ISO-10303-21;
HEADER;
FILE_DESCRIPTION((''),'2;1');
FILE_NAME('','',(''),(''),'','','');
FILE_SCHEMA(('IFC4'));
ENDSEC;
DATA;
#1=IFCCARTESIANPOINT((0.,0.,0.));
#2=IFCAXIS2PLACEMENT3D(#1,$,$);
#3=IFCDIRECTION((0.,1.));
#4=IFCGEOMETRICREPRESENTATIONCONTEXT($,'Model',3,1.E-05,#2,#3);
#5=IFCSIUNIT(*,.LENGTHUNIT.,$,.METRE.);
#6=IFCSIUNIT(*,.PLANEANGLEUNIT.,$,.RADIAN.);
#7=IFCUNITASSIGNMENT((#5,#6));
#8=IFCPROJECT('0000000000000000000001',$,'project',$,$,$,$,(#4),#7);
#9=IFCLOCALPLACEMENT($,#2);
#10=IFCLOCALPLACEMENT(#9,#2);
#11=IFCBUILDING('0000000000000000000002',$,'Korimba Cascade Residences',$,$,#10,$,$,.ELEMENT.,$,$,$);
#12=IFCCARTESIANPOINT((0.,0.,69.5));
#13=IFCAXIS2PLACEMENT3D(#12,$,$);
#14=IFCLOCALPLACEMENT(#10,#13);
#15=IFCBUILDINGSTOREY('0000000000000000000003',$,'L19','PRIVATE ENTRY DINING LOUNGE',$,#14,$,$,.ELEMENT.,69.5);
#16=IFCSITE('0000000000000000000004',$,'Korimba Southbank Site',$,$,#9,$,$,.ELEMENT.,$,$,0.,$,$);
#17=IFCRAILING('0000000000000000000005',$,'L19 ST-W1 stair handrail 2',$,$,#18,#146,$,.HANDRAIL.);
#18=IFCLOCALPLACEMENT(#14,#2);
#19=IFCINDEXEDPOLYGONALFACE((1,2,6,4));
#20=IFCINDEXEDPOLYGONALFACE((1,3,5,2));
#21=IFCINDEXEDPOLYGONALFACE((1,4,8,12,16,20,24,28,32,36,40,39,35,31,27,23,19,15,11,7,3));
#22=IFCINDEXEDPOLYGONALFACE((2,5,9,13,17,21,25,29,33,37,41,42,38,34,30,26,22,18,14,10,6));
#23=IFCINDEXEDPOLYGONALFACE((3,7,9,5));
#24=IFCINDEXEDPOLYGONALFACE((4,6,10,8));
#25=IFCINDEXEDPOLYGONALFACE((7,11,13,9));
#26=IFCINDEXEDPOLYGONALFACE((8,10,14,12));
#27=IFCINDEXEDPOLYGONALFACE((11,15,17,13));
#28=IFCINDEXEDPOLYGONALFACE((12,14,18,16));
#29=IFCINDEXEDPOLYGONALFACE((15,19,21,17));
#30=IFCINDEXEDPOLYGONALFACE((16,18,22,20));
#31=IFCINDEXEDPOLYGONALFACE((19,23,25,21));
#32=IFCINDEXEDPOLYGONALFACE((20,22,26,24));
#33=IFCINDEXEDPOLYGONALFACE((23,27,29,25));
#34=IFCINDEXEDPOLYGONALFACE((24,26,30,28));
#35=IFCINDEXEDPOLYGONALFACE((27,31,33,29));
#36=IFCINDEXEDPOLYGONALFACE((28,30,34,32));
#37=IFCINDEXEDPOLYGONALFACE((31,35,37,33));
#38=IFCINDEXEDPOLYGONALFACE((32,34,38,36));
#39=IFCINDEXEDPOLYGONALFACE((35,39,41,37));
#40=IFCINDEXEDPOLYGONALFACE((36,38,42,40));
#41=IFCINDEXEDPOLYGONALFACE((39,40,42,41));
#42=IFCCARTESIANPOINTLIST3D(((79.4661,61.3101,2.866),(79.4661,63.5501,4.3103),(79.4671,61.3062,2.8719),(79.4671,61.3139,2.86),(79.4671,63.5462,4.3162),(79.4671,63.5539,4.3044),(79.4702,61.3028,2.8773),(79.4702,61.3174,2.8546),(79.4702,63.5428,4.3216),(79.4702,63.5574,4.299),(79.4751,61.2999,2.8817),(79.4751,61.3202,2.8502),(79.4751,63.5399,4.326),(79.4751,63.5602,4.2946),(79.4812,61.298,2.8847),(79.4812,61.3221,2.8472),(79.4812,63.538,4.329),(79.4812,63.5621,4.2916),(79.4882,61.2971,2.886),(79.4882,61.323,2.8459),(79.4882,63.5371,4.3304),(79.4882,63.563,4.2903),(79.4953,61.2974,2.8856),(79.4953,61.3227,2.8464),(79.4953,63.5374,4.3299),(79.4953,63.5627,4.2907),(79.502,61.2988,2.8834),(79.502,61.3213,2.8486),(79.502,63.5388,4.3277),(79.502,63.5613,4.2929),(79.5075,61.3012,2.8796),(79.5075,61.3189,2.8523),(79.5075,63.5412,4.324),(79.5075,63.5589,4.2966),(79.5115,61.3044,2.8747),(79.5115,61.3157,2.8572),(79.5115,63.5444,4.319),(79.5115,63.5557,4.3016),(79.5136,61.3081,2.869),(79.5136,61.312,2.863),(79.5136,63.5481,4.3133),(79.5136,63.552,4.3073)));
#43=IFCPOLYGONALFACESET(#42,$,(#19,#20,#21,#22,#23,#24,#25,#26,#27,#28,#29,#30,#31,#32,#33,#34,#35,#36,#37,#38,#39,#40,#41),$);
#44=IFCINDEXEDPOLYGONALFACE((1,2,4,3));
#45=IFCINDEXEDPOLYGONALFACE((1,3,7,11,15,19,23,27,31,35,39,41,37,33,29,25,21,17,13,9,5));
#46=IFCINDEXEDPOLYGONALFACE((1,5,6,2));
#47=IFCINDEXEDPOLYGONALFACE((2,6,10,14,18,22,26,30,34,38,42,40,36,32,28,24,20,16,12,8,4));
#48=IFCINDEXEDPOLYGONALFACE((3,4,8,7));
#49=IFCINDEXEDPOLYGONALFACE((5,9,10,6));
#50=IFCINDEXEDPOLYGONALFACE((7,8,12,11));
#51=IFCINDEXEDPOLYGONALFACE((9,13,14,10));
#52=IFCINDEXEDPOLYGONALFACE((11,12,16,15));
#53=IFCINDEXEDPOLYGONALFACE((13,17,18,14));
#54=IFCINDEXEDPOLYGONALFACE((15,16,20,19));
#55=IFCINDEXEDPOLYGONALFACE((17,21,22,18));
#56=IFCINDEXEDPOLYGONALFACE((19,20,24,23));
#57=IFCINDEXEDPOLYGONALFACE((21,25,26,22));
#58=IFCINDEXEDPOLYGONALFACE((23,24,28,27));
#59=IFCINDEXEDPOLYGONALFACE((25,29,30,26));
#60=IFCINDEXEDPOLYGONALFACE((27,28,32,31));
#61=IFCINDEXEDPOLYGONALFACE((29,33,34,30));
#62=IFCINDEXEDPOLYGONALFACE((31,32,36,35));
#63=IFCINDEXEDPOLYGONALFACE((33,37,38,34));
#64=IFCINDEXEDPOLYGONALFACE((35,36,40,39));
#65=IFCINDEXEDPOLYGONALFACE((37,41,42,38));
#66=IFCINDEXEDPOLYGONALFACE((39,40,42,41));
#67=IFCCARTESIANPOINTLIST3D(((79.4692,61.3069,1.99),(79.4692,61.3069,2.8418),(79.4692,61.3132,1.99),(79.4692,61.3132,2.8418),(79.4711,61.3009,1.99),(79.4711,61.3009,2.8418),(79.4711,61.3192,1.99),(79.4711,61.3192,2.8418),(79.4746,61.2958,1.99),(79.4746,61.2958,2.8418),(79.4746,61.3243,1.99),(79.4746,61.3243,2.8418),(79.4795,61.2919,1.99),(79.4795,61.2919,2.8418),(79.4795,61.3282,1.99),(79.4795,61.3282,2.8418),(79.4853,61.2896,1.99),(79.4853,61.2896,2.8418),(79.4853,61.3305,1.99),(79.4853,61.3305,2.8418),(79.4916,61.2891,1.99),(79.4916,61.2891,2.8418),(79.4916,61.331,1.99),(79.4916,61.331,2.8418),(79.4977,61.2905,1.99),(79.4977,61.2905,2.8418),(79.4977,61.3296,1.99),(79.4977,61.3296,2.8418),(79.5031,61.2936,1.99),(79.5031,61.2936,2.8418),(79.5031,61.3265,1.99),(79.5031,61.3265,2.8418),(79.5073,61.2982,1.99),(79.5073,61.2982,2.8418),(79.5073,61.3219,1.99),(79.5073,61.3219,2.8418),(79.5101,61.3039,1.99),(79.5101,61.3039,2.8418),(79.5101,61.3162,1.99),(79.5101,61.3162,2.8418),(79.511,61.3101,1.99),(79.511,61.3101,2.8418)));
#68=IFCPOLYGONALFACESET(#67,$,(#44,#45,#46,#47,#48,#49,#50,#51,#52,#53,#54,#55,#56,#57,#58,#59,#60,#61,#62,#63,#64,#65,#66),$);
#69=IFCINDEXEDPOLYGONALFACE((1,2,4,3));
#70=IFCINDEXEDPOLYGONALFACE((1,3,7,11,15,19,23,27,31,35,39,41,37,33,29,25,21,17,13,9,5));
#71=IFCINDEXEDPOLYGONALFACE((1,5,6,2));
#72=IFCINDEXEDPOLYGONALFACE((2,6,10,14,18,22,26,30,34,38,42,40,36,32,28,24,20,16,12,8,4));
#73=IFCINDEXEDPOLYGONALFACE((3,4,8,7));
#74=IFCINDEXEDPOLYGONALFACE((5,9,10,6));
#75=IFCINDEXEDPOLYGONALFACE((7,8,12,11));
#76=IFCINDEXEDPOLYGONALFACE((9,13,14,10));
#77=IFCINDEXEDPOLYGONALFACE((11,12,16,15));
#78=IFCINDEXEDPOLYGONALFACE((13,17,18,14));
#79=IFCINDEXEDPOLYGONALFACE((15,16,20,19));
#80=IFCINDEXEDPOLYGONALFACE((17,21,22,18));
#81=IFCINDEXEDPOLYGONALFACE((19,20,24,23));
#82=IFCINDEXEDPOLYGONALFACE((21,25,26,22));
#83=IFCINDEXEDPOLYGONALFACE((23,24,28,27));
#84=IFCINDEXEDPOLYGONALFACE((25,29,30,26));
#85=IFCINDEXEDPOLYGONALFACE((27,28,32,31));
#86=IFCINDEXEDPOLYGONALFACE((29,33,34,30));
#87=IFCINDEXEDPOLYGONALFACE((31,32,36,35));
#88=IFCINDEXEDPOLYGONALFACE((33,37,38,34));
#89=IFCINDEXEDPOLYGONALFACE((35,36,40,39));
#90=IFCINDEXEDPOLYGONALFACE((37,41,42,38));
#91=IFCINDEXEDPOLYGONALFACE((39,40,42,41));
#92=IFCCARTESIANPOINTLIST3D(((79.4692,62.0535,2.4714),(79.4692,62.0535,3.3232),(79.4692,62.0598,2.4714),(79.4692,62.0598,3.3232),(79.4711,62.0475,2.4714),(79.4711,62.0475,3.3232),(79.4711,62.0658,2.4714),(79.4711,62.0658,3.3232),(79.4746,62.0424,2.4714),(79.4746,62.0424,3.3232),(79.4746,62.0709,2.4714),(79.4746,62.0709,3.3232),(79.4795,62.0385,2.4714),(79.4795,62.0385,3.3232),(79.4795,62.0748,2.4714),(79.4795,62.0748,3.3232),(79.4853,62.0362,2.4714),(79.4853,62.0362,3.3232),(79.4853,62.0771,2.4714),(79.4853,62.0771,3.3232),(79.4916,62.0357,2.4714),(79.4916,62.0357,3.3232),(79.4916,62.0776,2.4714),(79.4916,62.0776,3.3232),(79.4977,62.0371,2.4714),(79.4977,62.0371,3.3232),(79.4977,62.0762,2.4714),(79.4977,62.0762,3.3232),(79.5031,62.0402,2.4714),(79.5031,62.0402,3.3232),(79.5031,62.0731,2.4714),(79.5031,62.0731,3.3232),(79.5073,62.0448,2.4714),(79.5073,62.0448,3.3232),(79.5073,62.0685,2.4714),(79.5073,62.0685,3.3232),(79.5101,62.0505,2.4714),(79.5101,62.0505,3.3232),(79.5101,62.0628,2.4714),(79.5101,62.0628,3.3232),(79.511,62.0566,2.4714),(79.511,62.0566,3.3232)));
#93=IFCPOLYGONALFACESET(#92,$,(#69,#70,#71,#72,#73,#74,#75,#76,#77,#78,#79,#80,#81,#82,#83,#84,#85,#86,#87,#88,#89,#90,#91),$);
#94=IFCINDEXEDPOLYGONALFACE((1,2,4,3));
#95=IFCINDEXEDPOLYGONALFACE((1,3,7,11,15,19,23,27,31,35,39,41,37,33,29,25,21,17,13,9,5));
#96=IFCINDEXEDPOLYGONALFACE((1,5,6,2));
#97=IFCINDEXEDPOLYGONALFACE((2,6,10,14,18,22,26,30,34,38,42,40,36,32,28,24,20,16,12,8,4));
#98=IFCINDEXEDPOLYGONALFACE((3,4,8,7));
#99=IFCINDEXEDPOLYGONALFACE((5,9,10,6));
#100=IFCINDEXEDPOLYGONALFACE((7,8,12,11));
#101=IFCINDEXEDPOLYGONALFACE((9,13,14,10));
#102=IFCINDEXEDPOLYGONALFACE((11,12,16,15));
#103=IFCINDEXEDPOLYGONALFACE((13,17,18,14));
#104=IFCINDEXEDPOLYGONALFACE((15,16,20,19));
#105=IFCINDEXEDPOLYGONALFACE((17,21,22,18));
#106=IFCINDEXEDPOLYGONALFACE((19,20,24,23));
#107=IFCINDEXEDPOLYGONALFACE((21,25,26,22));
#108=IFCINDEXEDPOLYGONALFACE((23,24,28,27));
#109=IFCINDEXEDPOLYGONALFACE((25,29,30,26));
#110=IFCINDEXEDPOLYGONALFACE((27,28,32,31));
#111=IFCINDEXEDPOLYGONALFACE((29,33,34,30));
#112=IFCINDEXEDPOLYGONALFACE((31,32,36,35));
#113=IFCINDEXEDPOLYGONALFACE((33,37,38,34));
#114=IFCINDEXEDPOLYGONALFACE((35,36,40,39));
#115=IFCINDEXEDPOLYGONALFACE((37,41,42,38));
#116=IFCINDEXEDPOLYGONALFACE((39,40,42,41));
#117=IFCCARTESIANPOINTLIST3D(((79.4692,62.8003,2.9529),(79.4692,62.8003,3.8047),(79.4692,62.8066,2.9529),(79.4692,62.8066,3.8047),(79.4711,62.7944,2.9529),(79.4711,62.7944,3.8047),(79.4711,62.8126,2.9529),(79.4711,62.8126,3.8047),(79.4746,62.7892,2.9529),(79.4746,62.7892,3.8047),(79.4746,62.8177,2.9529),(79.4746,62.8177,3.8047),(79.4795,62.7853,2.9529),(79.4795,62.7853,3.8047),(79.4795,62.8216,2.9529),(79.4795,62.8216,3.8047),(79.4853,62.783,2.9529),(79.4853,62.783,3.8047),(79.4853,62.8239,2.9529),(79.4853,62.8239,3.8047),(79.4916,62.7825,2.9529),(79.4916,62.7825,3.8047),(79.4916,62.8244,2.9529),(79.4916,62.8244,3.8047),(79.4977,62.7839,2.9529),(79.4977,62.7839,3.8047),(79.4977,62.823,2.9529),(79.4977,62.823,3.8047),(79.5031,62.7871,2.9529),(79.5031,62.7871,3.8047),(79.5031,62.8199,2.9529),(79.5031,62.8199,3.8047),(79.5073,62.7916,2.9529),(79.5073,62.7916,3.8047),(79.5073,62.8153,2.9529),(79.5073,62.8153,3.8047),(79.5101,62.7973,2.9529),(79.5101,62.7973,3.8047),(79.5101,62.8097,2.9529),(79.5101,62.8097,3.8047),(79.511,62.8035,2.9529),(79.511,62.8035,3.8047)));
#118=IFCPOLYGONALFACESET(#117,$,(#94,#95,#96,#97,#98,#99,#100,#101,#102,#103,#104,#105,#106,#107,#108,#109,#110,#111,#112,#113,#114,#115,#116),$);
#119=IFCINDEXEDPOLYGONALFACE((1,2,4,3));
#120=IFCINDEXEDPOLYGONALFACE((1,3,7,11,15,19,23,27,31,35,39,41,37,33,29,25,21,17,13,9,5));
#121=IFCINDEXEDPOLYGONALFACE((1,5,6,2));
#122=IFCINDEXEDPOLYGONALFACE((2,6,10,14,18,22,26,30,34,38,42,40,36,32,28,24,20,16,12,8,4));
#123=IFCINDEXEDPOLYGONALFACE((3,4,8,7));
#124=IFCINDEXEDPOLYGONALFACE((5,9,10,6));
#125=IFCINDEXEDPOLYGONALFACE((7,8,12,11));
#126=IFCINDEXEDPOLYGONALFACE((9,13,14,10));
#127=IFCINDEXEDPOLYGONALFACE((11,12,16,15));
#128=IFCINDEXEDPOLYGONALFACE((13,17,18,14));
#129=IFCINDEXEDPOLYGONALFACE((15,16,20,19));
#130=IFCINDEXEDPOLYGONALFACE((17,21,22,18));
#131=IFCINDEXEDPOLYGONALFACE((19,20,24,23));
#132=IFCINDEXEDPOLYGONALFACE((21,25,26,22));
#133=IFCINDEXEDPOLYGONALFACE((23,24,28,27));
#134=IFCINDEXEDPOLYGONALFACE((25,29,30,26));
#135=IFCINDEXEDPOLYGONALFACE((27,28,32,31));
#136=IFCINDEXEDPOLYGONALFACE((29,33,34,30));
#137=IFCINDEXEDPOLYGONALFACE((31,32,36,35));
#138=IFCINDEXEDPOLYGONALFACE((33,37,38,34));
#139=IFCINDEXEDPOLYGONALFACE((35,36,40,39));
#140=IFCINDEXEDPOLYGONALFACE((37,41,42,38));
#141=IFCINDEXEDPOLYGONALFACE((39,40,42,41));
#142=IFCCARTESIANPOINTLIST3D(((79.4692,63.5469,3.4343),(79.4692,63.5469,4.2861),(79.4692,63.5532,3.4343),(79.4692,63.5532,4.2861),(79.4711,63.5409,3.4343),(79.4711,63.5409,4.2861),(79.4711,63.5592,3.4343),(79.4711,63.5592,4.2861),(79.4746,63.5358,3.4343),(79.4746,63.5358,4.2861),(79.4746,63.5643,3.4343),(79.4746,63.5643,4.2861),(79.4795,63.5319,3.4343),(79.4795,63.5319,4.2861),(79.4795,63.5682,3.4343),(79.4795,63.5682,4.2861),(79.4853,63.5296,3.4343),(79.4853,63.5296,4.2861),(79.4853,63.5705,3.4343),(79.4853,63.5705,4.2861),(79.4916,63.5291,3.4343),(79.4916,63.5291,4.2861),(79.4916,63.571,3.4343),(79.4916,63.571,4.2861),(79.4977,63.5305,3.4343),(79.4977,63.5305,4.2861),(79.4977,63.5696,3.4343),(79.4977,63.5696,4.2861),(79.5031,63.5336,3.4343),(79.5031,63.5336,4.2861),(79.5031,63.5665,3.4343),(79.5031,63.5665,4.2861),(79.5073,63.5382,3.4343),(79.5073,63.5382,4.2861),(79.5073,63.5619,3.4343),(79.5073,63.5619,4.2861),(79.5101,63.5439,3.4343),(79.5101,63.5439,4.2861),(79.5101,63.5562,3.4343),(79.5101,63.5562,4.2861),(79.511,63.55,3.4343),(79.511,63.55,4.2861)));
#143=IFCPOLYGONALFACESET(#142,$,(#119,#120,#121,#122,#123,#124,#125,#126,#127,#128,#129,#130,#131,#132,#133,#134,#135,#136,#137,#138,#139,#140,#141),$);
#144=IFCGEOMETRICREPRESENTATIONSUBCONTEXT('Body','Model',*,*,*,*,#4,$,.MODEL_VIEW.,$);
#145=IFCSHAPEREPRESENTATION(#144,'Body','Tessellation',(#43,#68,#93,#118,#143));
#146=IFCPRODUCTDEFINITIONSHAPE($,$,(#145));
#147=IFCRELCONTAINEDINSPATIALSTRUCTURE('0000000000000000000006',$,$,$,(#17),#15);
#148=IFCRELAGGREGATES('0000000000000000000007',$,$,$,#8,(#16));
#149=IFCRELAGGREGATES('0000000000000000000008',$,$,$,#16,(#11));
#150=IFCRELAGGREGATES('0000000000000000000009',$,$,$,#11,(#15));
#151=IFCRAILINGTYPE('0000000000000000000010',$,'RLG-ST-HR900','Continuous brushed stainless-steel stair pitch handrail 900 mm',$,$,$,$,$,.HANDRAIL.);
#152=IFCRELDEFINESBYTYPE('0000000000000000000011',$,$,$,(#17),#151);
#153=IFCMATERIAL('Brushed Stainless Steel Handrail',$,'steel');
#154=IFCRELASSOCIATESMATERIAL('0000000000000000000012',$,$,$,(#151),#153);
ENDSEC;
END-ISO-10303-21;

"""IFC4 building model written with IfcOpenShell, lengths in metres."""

from ifc_helpers import new_model, si_unit, direction, frame, origin, origin_2d, place, context, subcontext, project, spatial, circle, extrude, material, type_object, element, save


model = new_model("IFC4")

# Units and contexts
model_context = context("Model", 3, precision=1e-05, world=origin(), true_north=direction((0.0, 1.0)))
body_context = subcontext(model_context, "Body", "Model", "MODEL_VIEW")
ifc_project = project(units=[si_unit("LENGTHUNIT", "METRE"), si_unit("PLANEANGLEUNIT", "RADIAN")], contexts=[model_context])

# Site, building, storey
site_placement = place(None, origin())
site = spatial("IfcSite", under=ifc_project, at=site_placement, Name="Korimba Southbank Site", CompositionType="ELEMENT", RefElevation=0.0)
building_placement = place(site_placement, origin())
building = spatial("IfcBuilding", under=site, at=building_placement, Name="Korimba Cascade Residences", CompositionType="ELEMENT")
storey_placement = place(building_placement, frame((0.0, 0.0, 69.5)))
storey = spatial("IfcBuildingStorey", under=building, at=storey_placement, Name="L19", Description="PRIVATE ENTRY DINING LOUNGE", CompositionType="ELEMENT", Elevation=69.5)

# Railing
ifc_material_1 = material(Name="Brushed Stainless Steel Handrail", Category="steel")
railing_type = type_object("IfcRailingType", Name="RLG-ST-HR900", Description="Continuous brushed stainless-steel stair pitch handrail 900 mm", PredefinedType="HANDRAIL", material=ifc_material_1)
railing_placement = place(storey_placement, frame((79.49, 61.3101, 1.99)))
element("IfcRailing", 1, at=railing_placement, inside=storey, type_object=railing_type, Name="L19 ST-W1 stair handrail 2", PredefinedType="HANDRAIL", context=body_context, shape_type="SweptSolid", body=[
    extrude(circle(Radius=0.0239, at=origin_2d()), frame((0.0, 0.0, 0.876), z_axis=(0.0, 0.840437, 0.54191), x_axis=(-1.0, 0.0, 0.0)), (0.0, 0.0, 1.0), 2.6653),
    extrude(circle(Radius=0.021, at=origin_2d()), origin(), (0.0, 0.0, 1.0), 0.8518),
    extrude(circle(Radius=0.021, at=origin_2d()), frame((0.0, 0.7466, 0.4814)), (0.0, 0.0, 1.0), 0.8518),
    extrude(circle(Radius=0.021, at=origin_2d()), frame((0.0, 1.4934, 0.9629)), (0.0, 0.0, 1.0), 0.8518),
    extrude(circle(Radius=0.021, at=origin_2d()), frame((0.0, 2.24, 1.4443)), (0.0, 0.0, 1.0), 0.8518),
])

save(model, "model.ifc")
